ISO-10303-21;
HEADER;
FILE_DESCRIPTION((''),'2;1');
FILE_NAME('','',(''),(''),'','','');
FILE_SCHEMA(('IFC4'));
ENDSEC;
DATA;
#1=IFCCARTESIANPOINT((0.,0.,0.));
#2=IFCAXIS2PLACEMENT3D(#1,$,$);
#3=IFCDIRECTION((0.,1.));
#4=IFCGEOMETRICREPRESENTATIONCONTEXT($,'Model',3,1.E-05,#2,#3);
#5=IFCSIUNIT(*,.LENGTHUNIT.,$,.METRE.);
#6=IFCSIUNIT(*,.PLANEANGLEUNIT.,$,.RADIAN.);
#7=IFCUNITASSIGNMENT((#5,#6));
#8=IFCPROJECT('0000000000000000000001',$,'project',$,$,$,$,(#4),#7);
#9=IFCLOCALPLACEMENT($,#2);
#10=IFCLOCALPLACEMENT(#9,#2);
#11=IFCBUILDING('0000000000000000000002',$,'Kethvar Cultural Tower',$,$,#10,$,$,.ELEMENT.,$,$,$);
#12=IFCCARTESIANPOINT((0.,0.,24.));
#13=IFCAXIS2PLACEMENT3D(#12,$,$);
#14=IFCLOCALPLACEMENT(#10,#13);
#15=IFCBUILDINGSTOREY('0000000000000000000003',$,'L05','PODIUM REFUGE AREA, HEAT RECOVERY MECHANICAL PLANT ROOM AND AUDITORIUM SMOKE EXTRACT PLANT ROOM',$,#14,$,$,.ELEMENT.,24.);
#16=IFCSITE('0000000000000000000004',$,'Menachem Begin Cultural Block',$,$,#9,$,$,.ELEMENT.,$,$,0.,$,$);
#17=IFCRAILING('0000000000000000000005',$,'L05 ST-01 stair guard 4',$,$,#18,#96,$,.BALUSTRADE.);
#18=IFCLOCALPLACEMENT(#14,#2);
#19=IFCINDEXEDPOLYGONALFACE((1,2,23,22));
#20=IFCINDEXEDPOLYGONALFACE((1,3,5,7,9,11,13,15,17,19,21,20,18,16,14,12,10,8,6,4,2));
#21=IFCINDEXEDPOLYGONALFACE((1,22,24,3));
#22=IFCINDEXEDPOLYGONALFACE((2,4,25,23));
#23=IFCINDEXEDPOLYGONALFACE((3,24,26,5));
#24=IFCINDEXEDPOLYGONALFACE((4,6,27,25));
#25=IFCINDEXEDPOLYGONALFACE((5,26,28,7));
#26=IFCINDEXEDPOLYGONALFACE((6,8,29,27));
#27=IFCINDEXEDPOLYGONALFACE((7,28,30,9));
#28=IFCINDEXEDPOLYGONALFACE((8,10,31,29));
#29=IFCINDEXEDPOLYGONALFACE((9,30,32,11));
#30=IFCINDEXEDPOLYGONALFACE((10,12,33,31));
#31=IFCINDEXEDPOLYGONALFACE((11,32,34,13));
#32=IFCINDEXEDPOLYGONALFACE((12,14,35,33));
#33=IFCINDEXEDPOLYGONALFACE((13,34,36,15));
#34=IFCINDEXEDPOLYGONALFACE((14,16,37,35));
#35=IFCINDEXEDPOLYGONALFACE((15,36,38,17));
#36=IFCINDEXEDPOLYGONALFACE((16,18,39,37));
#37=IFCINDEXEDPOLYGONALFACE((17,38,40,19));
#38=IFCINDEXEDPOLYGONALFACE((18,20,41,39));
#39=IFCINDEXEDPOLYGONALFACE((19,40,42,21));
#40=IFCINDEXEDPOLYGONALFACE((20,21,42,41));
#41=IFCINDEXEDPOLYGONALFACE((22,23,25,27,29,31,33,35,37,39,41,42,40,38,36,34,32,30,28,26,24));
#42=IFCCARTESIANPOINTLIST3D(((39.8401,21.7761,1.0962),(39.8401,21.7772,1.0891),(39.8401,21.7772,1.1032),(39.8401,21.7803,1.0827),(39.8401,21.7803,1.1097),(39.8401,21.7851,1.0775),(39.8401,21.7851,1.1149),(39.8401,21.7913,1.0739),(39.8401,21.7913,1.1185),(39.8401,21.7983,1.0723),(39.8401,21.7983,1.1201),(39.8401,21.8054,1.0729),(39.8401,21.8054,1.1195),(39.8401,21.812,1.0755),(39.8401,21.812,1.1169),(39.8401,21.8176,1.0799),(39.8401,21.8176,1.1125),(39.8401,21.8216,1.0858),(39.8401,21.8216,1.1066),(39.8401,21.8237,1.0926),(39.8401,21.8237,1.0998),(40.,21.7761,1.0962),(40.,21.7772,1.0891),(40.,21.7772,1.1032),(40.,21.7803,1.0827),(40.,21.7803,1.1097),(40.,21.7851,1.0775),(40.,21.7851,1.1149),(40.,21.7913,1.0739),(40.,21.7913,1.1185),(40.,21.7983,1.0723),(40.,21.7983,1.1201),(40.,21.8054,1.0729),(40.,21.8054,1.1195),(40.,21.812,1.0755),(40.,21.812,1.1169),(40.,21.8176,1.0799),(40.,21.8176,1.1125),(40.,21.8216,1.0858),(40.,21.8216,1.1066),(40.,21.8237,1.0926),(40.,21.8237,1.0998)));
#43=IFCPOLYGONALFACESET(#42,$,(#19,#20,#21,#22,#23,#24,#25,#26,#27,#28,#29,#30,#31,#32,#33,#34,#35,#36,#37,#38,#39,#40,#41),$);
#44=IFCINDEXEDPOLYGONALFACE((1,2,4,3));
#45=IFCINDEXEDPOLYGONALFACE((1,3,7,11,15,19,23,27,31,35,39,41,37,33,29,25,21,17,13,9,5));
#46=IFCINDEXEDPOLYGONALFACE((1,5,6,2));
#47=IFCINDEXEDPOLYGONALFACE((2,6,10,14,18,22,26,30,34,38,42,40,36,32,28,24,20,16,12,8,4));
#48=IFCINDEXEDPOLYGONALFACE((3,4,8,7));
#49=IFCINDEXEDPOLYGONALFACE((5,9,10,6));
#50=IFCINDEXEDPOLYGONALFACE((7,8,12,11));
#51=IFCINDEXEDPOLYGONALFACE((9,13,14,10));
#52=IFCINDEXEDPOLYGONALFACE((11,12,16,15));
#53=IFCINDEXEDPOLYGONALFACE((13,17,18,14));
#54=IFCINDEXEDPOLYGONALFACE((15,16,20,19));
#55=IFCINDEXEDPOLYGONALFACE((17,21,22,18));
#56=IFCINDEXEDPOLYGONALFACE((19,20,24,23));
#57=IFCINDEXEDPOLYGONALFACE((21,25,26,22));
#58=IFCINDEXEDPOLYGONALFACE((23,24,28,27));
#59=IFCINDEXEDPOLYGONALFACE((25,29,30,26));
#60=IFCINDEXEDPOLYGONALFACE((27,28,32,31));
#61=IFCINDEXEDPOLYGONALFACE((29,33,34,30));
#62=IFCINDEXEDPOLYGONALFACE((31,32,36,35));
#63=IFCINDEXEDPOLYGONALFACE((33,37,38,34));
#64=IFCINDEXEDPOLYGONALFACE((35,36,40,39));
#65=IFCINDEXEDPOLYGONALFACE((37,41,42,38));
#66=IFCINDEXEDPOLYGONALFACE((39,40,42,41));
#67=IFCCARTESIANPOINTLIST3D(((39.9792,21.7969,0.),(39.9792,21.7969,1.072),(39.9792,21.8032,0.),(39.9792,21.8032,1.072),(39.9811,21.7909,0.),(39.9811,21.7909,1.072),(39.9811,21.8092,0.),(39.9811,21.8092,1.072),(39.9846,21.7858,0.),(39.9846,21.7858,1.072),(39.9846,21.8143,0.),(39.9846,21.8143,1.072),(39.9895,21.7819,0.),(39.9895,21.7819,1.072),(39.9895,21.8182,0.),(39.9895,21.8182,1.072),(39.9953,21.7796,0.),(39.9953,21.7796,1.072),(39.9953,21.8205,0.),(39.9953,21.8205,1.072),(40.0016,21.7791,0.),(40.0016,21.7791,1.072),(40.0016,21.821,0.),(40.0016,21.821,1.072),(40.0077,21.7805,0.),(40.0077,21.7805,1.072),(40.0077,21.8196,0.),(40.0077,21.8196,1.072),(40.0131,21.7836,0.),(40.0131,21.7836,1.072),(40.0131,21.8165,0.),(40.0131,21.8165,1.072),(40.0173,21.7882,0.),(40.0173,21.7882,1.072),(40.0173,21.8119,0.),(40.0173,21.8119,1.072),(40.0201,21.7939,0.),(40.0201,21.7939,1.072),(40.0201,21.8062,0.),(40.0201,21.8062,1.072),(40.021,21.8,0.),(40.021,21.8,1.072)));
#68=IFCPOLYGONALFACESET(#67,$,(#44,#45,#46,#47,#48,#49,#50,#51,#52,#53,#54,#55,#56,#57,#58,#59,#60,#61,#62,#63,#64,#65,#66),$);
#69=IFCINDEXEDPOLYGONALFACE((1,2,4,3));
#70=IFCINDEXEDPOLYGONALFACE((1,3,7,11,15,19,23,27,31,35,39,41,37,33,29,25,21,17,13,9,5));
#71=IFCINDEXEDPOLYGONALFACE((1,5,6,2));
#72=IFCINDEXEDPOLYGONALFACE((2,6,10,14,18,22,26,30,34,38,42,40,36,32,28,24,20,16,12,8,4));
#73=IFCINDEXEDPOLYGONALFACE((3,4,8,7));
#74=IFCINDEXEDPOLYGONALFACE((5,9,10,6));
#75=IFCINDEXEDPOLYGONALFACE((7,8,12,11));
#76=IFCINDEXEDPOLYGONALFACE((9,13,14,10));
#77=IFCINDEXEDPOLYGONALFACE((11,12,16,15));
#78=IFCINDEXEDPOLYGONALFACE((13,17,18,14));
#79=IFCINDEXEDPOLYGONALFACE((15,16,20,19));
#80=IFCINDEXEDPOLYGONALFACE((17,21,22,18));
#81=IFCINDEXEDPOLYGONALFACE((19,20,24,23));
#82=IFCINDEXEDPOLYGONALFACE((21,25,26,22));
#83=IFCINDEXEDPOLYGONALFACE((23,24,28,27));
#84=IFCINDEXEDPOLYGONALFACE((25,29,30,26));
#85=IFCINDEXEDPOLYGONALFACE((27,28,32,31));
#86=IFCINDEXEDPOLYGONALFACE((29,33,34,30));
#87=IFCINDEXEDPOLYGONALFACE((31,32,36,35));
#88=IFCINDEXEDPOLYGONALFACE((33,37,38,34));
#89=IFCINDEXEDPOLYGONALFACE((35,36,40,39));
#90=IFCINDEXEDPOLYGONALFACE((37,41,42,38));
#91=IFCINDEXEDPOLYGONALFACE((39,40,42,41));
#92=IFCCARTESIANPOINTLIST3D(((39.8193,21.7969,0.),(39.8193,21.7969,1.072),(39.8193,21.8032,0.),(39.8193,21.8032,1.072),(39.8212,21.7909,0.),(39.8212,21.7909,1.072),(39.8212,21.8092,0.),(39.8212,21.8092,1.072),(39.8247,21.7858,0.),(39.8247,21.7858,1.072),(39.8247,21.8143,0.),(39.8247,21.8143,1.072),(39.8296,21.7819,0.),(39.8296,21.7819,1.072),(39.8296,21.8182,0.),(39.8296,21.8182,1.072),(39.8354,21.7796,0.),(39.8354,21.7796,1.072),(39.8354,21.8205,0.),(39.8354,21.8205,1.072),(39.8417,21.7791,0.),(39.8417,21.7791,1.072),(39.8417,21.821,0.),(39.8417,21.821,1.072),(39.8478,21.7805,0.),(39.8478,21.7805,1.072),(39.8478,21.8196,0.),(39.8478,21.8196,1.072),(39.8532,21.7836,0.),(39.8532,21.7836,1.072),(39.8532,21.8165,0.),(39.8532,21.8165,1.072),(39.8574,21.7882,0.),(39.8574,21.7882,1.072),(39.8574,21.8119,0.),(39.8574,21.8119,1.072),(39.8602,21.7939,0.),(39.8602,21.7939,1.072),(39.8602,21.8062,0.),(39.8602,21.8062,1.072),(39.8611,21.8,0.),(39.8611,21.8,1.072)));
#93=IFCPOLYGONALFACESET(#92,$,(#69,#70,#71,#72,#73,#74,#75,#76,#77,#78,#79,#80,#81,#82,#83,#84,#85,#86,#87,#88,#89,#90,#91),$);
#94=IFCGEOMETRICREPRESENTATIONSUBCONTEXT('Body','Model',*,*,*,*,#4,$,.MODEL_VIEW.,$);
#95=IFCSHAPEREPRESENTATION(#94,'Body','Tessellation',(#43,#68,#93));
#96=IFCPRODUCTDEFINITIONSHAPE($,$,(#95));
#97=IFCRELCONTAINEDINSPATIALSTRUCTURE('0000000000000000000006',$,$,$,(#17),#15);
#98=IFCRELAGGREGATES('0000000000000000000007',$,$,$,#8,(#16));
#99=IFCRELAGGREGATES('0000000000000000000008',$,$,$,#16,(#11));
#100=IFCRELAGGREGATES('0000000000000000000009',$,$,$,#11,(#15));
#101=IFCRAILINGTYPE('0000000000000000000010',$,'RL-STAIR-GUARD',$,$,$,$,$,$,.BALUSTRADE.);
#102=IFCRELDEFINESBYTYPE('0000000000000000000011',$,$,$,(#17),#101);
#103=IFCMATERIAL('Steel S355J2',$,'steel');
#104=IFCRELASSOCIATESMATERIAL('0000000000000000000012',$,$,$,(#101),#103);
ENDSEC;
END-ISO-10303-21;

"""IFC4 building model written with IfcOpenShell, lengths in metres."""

from ifc_helpers import new_model, si_unit, direction, frame, origin, origin_2d, place, context, subcontext, project, spatial, circle, extrude, material, type_object, element, save


model = new_model("IFC4")

# Units and contexts
model_context = context("Model", 3, precision=1e-05, world=origin(), true_north=direction((0.0, 1.0)))
body_context = subcontext(model_context, "Body", "Model", "MODEL_VIEW")
ifc_project = project(units=[si_unit("LENGTHUNIT", "METRE"), si_unit("PLANEANGLEUNIT", "RADIAN")], contexts=[model_context])

# Site, building, storey
site_placement = place(None, origin())
site = spatial("IfcSite", under=ifc_project, at=site_placement, Name="Menachem Begin Cultural Block", CompositionType="ELEMENT", RefElevation=0.0)
building_placement = place(site_placement, origin())
building = spatial("IfcBuilding", under=site, at=building_placement, Name="Kethvar Cultural Tower", CompositionType="ELEMENT")
storey_placement = place(building_placement, frame((0.0, 0.0, 24.0)))
storey = spatial("IfcBuildingStorey", under=building, at=storey_placement, Name="L05", Description="PODIUM REFUGE AREA, HEAT RECOVERY MECHANICAL PLANT ROOM AND AUDITORIUM SMOKE EXTRACT PLANT ROOM", CompositionType="ELEMENT", Elevation=24.0)

# Shared definitions
ifc_material_1 = material(Name="Steel S355J2", Category="steel")

# Railing
railing_type_1 = type_object("IfcRailingType", Name="RL-STAIR-GUARD", PredefinedType="BALUSTRADE", material=ifc_material_1)
railing_1_placement = place(storey_placement, frame((40.0, 21.8, 0.0)))
element("IfcRailing", 1, at=railing_1_placement, inside=storey, type_object=railing_type_1, Name="L05 ST-01 stair guard 4", PredefinedType="BALUSTRADE", context=body_context, shape_type="SweptSolid", body=[
    extrude(circle(Radius=0.0239, at=origin_2d()), frame((0.0, 0.0, 1.0962), z_axis=(-1.0, 0.0, 0.0), x_axis=(0.0, -1.0, 0.0)), (0.0, 0.0, 1.0), 0.1599),
    extrude(circle(Radius=0.021, at=origin_2d()), origin(), (0.0, 0.0, 1.0), 1.072),
    extrude(circle(Radius=0.021, at=origin_2d()), frame((-0.1599, 0.0, 0.0)), (0.0, 0.0, 1.0), 1.072),
])

save(model, "model.ifc")
